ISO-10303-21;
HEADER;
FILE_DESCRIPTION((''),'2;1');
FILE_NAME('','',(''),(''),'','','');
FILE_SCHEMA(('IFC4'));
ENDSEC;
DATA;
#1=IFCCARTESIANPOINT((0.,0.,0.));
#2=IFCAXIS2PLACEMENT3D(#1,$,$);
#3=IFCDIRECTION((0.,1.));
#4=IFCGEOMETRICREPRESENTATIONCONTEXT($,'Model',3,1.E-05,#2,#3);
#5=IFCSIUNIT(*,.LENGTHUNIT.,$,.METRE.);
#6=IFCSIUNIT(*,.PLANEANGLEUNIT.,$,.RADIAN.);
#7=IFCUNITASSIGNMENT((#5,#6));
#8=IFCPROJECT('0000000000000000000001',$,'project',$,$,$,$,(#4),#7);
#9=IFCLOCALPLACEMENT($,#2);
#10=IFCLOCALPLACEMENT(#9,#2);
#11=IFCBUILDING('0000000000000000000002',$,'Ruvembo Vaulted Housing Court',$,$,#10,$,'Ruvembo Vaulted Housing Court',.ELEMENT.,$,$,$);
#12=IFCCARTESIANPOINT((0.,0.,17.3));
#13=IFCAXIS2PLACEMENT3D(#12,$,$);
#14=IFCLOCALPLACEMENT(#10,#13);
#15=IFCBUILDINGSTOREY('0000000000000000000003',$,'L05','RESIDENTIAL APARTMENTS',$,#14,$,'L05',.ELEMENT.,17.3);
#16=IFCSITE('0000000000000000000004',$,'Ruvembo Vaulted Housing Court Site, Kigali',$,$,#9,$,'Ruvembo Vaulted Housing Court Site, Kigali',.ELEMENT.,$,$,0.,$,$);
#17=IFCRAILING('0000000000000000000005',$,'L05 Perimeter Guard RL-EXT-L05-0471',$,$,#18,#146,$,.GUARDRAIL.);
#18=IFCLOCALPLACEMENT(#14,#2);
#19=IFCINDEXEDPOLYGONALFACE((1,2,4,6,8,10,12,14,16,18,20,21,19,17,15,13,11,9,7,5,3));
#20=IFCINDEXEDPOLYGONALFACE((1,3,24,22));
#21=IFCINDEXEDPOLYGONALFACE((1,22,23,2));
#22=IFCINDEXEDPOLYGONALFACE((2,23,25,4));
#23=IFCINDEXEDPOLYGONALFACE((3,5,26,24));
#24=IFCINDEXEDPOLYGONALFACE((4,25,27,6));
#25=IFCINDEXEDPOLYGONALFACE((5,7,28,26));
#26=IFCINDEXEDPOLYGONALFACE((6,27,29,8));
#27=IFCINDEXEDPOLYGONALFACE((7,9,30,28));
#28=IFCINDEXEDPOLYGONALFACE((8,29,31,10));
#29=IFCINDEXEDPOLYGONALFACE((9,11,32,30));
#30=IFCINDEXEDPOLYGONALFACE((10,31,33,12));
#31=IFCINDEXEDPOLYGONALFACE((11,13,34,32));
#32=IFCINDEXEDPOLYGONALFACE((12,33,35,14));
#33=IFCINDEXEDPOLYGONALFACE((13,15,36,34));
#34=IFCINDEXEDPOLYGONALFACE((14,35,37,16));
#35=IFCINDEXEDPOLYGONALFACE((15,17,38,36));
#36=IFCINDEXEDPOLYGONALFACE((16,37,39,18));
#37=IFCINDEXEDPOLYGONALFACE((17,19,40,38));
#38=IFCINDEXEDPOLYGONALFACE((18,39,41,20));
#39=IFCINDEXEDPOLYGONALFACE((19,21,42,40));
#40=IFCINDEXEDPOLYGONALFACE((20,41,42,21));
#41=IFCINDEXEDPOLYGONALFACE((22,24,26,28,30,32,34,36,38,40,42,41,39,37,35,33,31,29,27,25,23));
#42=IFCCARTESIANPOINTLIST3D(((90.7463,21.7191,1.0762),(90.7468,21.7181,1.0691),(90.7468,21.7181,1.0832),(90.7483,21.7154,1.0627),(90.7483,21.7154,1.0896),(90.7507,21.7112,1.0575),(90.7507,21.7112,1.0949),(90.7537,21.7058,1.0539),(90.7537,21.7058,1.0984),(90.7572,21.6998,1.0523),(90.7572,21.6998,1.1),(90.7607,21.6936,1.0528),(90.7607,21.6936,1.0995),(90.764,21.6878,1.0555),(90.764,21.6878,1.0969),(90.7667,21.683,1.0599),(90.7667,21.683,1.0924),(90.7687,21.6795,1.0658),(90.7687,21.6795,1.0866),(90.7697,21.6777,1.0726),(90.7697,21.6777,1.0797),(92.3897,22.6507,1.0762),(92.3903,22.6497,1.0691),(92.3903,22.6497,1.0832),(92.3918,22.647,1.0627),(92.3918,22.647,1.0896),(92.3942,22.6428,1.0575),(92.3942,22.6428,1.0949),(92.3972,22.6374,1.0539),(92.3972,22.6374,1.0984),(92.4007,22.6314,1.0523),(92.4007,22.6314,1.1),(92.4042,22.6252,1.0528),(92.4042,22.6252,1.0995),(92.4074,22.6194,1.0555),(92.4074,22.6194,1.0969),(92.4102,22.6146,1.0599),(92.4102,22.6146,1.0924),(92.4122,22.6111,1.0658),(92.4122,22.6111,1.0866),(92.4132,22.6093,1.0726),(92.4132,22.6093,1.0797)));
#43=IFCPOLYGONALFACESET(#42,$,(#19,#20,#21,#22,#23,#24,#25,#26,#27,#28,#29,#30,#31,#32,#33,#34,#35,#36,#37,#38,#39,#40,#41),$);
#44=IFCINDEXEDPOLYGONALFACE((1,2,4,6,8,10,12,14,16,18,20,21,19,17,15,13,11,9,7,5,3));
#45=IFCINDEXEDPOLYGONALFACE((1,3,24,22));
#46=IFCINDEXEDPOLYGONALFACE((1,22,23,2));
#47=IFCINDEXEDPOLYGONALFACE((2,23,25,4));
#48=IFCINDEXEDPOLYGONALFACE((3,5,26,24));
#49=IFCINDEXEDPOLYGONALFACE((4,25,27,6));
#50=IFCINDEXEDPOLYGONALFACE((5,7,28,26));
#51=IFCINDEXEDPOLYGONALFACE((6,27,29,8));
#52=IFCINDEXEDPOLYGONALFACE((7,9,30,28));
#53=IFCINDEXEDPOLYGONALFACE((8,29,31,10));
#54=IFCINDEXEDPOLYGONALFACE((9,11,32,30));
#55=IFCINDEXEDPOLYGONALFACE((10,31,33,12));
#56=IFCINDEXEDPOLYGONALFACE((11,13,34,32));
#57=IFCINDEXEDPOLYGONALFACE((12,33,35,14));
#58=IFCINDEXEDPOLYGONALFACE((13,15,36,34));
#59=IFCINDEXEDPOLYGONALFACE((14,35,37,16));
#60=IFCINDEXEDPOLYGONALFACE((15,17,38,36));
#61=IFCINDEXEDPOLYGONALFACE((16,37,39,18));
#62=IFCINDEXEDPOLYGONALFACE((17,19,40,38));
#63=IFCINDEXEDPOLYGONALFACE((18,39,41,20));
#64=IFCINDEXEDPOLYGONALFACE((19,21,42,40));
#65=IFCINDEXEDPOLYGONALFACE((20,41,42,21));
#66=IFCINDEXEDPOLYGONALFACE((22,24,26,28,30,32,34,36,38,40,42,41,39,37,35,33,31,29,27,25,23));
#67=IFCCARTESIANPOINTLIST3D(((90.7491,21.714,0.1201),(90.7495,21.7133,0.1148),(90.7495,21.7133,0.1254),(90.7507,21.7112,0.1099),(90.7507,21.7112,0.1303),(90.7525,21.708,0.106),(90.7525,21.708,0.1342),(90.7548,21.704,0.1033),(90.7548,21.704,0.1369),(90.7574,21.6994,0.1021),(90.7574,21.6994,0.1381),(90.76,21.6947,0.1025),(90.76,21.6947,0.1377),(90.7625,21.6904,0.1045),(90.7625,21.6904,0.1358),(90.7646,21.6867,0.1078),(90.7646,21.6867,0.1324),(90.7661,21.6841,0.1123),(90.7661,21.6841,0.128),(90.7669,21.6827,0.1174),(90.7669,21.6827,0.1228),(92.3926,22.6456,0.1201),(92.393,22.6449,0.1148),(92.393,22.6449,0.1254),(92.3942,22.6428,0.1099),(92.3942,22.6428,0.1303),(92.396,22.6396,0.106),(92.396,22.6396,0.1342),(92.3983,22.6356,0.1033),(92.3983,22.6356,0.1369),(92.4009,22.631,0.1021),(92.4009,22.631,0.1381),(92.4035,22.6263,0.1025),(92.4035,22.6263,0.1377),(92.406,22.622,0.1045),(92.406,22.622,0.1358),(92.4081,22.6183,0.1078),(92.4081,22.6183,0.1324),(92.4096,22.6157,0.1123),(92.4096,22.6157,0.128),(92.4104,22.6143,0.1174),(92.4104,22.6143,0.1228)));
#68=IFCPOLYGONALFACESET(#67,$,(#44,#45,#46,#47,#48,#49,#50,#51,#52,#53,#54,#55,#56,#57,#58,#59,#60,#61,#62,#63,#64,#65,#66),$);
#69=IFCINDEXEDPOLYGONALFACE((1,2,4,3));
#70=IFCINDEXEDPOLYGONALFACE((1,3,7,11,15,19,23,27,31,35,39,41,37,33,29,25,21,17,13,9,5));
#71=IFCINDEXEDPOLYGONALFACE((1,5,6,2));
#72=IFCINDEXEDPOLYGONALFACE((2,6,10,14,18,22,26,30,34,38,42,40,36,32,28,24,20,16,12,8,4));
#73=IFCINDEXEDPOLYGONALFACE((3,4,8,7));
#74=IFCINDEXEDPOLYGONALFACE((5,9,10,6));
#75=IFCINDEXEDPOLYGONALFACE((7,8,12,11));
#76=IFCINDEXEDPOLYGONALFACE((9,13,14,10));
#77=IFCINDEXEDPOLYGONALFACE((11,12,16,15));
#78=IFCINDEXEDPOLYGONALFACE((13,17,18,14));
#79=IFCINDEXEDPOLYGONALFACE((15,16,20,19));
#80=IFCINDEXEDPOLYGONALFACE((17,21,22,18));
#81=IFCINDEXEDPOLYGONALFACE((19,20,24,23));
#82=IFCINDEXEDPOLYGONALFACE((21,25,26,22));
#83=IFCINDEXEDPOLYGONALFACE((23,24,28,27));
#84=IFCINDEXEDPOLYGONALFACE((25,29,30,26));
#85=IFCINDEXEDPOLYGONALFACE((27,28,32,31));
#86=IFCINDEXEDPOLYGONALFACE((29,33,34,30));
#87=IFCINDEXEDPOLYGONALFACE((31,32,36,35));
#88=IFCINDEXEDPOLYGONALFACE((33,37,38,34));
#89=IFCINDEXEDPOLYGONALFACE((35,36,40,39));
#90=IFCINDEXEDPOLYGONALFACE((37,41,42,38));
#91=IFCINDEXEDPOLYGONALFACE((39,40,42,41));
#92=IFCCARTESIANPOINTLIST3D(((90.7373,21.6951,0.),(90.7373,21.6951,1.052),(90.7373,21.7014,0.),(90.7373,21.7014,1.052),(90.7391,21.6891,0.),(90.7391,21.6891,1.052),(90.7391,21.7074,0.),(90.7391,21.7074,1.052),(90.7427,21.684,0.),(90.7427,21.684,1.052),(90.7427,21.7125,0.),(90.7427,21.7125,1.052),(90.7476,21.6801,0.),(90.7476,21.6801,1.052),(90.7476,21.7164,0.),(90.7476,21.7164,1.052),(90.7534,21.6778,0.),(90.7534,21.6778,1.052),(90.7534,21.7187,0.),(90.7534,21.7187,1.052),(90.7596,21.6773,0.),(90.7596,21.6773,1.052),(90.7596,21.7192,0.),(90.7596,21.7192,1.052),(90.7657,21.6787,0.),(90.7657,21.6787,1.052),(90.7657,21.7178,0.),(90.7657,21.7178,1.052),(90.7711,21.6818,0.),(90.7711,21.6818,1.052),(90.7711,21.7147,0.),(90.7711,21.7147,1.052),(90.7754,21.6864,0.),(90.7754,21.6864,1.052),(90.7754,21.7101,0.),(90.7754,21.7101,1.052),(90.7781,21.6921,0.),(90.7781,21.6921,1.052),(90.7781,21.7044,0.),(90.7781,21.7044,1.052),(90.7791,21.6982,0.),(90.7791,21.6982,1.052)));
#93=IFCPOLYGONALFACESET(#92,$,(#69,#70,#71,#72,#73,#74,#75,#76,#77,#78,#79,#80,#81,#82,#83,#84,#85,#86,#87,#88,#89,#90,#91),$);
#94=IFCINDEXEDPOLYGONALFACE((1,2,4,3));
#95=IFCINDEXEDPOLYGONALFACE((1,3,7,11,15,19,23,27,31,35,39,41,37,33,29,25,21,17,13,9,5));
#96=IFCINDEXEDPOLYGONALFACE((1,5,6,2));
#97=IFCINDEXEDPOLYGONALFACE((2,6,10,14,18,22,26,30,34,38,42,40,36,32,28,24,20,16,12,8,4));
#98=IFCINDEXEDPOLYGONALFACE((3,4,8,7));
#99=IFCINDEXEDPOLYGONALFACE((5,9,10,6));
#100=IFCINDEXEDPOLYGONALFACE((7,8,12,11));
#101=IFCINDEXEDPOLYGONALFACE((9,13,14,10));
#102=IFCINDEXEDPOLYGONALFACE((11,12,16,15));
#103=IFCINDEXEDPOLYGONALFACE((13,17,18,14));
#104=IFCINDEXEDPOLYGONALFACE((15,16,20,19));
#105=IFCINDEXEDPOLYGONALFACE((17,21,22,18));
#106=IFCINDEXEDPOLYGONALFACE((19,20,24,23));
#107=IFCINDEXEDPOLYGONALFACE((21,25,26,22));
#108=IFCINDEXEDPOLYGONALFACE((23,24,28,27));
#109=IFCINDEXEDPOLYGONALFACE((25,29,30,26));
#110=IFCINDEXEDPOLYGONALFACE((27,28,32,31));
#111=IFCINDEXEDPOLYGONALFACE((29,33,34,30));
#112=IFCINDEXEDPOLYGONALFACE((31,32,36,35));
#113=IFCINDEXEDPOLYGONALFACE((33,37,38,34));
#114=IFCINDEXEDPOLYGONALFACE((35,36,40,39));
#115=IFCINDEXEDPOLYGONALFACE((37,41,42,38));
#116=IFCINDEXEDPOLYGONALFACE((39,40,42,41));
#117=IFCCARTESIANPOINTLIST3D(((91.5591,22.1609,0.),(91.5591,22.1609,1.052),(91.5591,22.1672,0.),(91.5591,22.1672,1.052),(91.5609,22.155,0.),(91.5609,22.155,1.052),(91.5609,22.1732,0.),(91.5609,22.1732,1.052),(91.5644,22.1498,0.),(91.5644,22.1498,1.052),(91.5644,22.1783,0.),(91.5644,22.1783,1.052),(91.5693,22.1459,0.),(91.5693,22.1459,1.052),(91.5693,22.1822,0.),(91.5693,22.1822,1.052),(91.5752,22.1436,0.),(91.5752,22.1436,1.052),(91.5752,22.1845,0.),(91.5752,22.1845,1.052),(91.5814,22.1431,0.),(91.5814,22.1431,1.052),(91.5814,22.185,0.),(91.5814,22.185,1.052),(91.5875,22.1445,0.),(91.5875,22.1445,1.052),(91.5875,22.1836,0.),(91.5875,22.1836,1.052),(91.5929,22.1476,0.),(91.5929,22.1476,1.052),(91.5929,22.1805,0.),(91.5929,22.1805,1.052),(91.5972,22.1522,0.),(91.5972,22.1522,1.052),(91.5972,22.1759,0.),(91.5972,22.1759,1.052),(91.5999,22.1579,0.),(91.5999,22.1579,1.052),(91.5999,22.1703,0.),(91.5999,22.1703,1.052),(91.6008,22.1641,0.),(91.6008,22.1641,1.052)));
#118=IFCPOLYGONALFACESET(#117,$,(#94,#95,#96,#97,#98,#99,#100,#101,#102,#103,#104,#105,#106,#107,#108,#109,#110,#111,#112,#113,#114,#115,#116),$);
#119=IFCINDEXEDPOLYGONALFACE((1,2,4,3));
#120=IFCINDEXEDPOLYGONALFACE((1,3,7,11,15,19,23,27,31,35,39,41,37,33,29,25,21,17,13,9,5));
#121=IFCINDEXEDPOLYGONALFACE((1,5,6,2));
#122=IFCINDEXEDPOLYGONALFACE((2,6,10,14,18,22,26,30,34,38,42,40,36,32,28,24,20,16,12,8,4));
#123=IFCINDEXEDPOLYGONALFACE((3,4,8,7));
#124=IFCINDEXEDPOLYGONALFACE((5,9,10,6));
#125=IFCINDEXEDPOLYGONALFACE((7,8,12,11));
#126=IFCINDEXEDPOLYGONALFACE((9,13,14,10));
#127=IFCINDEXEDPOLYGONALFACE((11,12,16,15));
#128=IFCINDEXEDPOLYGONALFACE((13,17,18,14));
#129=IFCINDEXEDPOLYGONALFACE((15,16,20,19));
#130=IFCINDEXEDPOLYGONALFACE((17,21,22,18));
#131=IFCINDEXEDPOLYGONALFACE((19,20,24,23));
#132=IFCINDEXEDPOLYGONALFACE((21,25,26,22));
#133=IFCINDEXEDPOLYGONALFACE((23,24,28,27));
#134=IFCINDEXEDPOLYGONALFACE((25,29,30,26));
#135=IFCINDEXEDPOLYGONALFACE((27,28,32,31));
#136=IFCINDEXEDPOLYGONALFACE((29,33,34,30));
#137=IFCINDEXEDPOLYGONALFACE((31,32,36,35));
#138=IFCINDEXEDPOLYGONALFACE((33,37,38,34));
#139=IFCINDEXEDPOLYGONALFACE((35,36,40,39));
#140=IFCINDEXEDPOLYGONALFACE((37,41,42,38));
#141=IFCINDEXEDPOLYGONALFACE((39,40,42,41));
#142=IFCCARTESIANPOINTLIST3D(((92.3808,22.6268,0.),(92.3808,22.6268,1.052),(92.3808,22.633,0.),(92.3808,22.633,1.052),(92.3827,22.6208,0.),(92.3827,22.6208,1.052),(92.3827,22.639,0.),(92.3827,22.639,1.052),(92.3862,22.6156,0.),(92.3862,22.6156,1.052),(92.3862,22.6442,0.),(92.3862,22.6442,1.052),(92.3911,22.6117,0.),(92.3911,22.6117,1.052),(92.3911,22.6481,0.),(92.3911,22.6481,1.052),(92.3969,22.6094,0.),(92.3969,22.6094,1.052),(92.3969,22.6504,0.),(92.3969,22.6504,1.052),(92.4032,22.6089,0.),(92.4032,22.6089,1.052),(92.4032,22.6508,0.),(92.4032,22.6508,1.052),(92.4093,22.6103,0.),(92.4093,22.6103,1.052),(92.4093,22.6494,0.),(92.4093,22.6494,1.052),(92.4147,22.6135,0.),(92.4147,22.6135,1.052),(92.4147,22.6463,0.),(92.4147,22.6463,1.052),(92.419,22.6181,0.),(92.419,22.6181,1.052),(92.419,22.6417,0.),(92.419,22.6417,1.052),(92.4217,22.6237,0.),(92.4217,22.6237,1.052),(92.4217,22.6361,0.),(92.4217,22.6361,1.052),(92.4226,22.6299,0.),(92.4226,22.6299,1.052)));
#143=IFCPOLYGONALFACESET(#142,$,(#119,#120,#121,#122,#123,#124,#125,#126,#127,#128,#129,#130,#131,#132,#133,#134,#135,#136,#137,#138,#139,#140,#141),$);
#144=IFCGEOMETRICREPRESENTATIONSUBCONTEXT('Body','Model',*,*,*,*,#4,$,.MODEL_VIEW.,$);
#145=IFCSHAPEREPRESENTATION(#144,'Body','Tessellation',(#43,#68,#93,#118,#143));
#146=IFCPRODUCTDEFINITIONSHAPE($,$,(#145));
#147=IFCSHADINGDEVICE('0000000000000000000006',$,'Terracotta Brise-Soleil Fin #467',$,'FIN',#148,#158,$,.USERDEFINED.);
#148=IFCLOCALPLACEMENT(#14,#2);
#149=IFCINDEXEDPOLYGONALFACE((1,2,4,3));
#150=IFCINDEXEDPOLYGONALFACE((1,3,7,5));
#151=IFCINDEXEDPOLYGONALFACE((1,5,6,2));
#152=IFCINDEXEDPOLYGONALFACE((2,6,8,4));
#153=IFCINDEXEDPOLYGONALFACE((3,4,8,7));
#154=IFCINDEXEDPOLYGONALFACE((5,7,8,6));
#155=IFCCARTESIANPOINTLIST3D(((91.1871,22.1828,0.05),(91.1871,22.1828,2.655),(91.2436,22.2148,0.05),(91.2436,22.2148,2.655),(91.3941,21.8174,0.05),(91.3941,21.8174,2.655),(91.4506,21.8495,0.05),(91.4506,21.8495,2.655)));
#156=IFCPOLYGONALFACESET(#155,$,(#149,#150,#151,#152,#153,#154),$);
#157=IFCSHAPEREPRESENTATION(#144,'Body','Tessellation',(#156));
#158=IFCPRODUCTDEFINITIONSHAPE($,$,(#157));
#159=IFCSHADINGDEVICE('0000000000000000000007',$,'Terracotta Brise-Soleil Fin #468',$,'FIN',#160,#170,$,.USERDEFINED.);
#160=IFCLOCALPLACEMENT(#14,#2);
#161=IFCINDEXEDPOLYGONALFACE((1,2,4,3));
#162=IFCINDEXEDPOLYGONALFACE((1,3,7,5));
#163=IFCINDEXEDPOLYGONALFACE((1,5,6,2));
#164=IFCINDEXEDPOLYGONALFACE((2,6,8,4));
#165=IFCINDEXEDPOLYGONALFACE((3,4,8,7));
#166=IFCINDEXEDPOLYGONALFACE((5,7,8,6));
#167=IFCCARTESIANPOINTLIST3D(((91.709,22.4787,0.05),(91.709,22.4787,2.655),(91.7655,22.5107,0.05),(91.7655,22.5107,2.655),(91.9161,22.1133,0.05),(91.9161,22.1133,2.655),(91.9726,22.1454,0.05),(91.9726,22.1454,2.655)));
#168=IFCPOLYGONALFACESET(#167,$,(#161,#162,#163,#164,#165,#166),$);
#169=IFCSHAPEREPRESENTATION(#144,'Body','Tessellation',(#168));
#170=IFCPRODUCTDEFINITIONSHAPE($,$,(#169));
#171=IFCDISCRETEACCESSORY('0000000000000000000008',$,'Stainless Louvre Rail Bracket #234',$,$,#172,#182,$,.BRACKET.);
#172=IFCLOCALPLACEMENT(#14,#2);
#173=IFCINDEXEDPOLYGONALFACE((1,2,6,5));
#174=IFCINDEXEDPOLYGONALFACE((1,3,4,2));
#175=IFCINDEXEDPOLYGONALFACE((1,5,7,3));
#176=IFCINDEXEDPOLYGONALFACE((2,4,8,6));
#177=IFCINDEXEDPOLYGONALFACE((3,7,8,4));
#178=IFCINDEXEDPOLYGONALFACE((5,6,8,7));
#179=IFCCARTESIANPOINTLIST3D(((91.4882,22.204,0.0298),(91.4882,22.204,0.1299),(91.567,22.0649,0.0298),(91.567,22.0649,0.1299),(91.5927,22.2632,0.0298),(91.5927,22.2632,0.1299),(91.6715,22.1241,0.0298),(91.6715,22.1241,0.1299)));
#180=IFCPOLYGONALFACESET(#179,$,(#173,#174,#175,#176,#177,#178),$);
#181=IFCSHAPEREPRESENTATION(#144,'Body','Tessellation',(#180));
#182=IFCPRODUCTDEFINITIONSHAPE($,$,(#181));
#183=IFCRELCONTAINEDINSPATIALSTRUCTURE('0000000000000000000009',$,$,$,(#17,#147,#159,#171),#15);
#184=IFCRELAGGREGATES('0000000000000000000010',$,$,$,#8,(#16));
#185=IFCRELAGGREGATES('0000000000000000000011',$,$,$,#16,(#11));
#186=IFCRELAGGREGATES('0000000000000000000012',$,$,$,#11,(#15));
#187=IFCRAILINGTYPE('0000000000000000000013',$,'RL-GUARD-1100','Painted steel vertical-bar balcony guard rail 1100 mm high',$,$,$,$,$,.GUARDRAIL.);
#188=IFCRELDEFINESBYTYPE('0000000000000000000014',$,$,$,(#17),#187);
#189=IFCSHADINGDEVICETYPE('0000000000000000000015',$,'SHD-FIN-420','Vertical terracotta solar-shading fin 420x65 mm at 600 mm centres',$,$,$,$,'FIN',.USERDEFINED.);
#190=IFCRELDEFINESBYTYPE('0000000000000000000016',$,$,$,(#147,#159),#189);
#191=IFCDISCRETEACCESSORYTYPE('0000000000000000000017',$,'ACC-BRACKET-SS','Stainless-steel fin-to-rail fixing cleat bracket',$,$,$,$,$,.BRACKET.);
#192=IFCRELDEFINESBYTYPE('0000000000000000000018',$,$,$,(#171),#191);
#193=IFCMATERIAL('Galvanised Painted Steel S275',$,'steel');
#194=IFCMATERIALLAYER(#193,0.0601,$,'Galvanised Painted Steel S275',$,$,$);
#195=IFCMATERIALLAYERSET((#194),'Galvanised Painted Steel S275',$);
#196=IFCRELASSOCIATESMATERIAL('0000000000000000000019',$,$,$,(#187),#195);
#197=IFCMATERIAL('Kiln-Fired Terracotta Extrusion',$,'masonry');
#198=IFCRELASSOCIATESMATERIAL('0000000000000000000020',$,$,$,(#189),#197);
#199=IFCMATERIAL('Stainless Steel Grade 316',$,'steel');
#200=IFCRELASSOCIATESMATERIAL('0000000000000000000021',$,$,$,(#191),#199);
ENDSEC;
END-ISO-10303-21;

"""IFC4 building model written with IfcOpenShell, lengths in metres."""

from ifc_helpers import new_model, si_unit, direction, frame, origin, origin_2d, place, context, subcontext, project, spatial, rectangle, circle, extrude, material, layer, layer_set, type_object, element, save


model = new_model("IFC4")

# Units and contexts
model_context = context("Model", 3, precision=1e-05, world=origin(), true_north=direction((0.0, 1.0)))
body_context = subcontext(model_context, "Body", "Model", "MODEL_VIEW")
ifc_project = project(units=[si_unit("LENGTHUNIT", "METRE"), si_unit("PLANEANGLEUNIT", "RADIAN")], contexts=[model_context])

# Site, building, storey
site_placement = place(None, origin())
site = spatial("IfcSite", under=ifc_project, at=site_placement, Name="Ruvembo Vaulted Housing Court Site, Kigali", LongName="Ruvembo Vaulted Housing Court Site, Kigali", CompositionType="ELEMENT", RefElevation=0.0)
building_placement = place(site_placement, origin())
building = spatial("IfcBuilding", under=site, at=building_placement, Name="Ruvembo Vaulted Housing Court", LongName="Ruvembo Vaulted Housing Court", CompositionType="ELEMENT")
storey_placement = place(building_placement, frame((0.0, 0.0, 17.3)))
storey = spatial("IfcBuildingStorey", under=building, at=storey_placement, Name="L05", Description="RESIDENTIAL APARTMENTS", LongName="L05", CompositionType="ELEMENT", Elevation=17.3)

# Railing
ifc_material_1 = material(Name="Galvanised Painted Steel S275", Category="steel")
ifc_layer_1 = layer(ifc_material_1, 0.0601, Name="Galvanised Painted Steel S275")
ifc_layer_set_1 = layer_set([ifc_layer_1], Name="Galvanised Painted Steel S275")
railing_type = type_object("IfcRailingType", Name="RL-GUARD-1100", Description="Painted steel vertical-bar balcony guard rail 1100 mm high", PredefinedType="GUARDRAIL", material=ifc_layer_set_1)
railing_placement = place(storey_placement, frame((90.7581, 21.6982, 0.0)))
element("IfcRailing", 1, at=railing_placement, inside=storey, type_object=railing_type, Name="L05 Perimeter Guard RL-EXT-L05-0471", PredefinedType="GUARDRAIL", context=body_context, shape_type="SweptSolid", body=[
    extrude(circle(Radius=0.0239, at=origin_2d()), frame((0.0, 0.0, 1.0762), z_axis=(0.869956, 0.49313, 0.0), x_axis=(-0.49313, 0.869956, 0.0)), (0.0, 0.0, 1.0), 1.8892),
    extrude(circle(Radius=0.0181, at=origin_2d()), frame((0.0, 0.0, 0.1201), z_axis=(0.869956, 0.49313, 0.0), x_axis=(-0.49313, 0.869956, 0.0)), (0.0, 0.0, 1.0), 1.8892),
    extrude(circle(Radius=0.021, at=origin_2d()), origin(), (0.0, 0.0, 1.0), 1.052),
    extrude(circle(Radius=0.021, at=origin_2d()), frame((0.8218, 0.4658, 0.0)), (0.0, 0.0, 1.0), 1.052),
    extrude(circle(Radius=0.021, at=origin_2d()), frame((1.6436, 0.9316, 0.0)), (0.0, 0.0, 1.0), 1.052),
])

# Shading devices
ifc_material_2 = material(Name="Kiln-Fired Terracotta Extrusion", Category="masonry")
shading_device_type = type_object("IfcShadingDeviceType", Name="SHD-FIN-420", Description="Vertical terracotta solar-shading fin 420x65 mm at 600 mm centres", ElementType="FIN", PredefinedType="USERDEFINED", material=ifc_material_2)
for number, where, z_axis, x_axis, name in (
    (2, (91.3188, 22.0161, 0.05), (0.0, 0.0, 1.0), (0.493107, -0.869969, 0.0), "Terracotta Brise-Soleil Fin #467"),
    (3, (91.8408, 22.312, 0.05), (0.0, 0.0, 1.0), (0.493107, -0.869969, 0.0), "Terracotta Brise-Soleil Fin #468"),
):
    element("IfcShadingDevice", number, at=place(storey_placement, frame(where, z_axis=z_axis, x_axis=x_axis)), inside=storey, type_object=shading_device_type, Name=name, ObjectType="FIN", PredefinedType="USERDEFINED", context=body_context, shape_type="SweptSolid", body=[
        extrude(rectangle(XDim=0.4199, YDim=0.0649, at=origin_2d()), origin(), (0.0, 0.0, 1.0), 2.605),
    ])

# Discrete accessory
ifc_material_3 = material(Name="Stainless Steel Grade 316", Category="steel")
discrete_accessory_type = type_object("IfcDiscreteAccessoryType", Name="ACC-BRACKET-SS", Description="Stainless-steel fin-to-rail fixing cleat bracket", PredefinedType="BRACKET", material=ifc_material_3)
discrete_accessory_placement = place(storey_placement, frame((91.5798, 22.1641, 0.0298), z_axis=(0.0, 0.0, 1.0), x_axis=(0.493107, -0.869969, 0.0)))
element("IfcDiscreteAccessory", 4, at=discrete_accessory_placement, inside=storey, type_object=discrete_accessory_type, Name="Stainless Louvre Rail Bracket #234", PredefinedType="BRACKET", context=body_context, shape_type="SweptSolid", body=[
    extrude(rectangle(XDim=0.1599, YDim=0.1201, at=origin_2d()), origin(), (0.0, 0.0, 1.0), 0.1001),
])

save(model, "model.ifc")
